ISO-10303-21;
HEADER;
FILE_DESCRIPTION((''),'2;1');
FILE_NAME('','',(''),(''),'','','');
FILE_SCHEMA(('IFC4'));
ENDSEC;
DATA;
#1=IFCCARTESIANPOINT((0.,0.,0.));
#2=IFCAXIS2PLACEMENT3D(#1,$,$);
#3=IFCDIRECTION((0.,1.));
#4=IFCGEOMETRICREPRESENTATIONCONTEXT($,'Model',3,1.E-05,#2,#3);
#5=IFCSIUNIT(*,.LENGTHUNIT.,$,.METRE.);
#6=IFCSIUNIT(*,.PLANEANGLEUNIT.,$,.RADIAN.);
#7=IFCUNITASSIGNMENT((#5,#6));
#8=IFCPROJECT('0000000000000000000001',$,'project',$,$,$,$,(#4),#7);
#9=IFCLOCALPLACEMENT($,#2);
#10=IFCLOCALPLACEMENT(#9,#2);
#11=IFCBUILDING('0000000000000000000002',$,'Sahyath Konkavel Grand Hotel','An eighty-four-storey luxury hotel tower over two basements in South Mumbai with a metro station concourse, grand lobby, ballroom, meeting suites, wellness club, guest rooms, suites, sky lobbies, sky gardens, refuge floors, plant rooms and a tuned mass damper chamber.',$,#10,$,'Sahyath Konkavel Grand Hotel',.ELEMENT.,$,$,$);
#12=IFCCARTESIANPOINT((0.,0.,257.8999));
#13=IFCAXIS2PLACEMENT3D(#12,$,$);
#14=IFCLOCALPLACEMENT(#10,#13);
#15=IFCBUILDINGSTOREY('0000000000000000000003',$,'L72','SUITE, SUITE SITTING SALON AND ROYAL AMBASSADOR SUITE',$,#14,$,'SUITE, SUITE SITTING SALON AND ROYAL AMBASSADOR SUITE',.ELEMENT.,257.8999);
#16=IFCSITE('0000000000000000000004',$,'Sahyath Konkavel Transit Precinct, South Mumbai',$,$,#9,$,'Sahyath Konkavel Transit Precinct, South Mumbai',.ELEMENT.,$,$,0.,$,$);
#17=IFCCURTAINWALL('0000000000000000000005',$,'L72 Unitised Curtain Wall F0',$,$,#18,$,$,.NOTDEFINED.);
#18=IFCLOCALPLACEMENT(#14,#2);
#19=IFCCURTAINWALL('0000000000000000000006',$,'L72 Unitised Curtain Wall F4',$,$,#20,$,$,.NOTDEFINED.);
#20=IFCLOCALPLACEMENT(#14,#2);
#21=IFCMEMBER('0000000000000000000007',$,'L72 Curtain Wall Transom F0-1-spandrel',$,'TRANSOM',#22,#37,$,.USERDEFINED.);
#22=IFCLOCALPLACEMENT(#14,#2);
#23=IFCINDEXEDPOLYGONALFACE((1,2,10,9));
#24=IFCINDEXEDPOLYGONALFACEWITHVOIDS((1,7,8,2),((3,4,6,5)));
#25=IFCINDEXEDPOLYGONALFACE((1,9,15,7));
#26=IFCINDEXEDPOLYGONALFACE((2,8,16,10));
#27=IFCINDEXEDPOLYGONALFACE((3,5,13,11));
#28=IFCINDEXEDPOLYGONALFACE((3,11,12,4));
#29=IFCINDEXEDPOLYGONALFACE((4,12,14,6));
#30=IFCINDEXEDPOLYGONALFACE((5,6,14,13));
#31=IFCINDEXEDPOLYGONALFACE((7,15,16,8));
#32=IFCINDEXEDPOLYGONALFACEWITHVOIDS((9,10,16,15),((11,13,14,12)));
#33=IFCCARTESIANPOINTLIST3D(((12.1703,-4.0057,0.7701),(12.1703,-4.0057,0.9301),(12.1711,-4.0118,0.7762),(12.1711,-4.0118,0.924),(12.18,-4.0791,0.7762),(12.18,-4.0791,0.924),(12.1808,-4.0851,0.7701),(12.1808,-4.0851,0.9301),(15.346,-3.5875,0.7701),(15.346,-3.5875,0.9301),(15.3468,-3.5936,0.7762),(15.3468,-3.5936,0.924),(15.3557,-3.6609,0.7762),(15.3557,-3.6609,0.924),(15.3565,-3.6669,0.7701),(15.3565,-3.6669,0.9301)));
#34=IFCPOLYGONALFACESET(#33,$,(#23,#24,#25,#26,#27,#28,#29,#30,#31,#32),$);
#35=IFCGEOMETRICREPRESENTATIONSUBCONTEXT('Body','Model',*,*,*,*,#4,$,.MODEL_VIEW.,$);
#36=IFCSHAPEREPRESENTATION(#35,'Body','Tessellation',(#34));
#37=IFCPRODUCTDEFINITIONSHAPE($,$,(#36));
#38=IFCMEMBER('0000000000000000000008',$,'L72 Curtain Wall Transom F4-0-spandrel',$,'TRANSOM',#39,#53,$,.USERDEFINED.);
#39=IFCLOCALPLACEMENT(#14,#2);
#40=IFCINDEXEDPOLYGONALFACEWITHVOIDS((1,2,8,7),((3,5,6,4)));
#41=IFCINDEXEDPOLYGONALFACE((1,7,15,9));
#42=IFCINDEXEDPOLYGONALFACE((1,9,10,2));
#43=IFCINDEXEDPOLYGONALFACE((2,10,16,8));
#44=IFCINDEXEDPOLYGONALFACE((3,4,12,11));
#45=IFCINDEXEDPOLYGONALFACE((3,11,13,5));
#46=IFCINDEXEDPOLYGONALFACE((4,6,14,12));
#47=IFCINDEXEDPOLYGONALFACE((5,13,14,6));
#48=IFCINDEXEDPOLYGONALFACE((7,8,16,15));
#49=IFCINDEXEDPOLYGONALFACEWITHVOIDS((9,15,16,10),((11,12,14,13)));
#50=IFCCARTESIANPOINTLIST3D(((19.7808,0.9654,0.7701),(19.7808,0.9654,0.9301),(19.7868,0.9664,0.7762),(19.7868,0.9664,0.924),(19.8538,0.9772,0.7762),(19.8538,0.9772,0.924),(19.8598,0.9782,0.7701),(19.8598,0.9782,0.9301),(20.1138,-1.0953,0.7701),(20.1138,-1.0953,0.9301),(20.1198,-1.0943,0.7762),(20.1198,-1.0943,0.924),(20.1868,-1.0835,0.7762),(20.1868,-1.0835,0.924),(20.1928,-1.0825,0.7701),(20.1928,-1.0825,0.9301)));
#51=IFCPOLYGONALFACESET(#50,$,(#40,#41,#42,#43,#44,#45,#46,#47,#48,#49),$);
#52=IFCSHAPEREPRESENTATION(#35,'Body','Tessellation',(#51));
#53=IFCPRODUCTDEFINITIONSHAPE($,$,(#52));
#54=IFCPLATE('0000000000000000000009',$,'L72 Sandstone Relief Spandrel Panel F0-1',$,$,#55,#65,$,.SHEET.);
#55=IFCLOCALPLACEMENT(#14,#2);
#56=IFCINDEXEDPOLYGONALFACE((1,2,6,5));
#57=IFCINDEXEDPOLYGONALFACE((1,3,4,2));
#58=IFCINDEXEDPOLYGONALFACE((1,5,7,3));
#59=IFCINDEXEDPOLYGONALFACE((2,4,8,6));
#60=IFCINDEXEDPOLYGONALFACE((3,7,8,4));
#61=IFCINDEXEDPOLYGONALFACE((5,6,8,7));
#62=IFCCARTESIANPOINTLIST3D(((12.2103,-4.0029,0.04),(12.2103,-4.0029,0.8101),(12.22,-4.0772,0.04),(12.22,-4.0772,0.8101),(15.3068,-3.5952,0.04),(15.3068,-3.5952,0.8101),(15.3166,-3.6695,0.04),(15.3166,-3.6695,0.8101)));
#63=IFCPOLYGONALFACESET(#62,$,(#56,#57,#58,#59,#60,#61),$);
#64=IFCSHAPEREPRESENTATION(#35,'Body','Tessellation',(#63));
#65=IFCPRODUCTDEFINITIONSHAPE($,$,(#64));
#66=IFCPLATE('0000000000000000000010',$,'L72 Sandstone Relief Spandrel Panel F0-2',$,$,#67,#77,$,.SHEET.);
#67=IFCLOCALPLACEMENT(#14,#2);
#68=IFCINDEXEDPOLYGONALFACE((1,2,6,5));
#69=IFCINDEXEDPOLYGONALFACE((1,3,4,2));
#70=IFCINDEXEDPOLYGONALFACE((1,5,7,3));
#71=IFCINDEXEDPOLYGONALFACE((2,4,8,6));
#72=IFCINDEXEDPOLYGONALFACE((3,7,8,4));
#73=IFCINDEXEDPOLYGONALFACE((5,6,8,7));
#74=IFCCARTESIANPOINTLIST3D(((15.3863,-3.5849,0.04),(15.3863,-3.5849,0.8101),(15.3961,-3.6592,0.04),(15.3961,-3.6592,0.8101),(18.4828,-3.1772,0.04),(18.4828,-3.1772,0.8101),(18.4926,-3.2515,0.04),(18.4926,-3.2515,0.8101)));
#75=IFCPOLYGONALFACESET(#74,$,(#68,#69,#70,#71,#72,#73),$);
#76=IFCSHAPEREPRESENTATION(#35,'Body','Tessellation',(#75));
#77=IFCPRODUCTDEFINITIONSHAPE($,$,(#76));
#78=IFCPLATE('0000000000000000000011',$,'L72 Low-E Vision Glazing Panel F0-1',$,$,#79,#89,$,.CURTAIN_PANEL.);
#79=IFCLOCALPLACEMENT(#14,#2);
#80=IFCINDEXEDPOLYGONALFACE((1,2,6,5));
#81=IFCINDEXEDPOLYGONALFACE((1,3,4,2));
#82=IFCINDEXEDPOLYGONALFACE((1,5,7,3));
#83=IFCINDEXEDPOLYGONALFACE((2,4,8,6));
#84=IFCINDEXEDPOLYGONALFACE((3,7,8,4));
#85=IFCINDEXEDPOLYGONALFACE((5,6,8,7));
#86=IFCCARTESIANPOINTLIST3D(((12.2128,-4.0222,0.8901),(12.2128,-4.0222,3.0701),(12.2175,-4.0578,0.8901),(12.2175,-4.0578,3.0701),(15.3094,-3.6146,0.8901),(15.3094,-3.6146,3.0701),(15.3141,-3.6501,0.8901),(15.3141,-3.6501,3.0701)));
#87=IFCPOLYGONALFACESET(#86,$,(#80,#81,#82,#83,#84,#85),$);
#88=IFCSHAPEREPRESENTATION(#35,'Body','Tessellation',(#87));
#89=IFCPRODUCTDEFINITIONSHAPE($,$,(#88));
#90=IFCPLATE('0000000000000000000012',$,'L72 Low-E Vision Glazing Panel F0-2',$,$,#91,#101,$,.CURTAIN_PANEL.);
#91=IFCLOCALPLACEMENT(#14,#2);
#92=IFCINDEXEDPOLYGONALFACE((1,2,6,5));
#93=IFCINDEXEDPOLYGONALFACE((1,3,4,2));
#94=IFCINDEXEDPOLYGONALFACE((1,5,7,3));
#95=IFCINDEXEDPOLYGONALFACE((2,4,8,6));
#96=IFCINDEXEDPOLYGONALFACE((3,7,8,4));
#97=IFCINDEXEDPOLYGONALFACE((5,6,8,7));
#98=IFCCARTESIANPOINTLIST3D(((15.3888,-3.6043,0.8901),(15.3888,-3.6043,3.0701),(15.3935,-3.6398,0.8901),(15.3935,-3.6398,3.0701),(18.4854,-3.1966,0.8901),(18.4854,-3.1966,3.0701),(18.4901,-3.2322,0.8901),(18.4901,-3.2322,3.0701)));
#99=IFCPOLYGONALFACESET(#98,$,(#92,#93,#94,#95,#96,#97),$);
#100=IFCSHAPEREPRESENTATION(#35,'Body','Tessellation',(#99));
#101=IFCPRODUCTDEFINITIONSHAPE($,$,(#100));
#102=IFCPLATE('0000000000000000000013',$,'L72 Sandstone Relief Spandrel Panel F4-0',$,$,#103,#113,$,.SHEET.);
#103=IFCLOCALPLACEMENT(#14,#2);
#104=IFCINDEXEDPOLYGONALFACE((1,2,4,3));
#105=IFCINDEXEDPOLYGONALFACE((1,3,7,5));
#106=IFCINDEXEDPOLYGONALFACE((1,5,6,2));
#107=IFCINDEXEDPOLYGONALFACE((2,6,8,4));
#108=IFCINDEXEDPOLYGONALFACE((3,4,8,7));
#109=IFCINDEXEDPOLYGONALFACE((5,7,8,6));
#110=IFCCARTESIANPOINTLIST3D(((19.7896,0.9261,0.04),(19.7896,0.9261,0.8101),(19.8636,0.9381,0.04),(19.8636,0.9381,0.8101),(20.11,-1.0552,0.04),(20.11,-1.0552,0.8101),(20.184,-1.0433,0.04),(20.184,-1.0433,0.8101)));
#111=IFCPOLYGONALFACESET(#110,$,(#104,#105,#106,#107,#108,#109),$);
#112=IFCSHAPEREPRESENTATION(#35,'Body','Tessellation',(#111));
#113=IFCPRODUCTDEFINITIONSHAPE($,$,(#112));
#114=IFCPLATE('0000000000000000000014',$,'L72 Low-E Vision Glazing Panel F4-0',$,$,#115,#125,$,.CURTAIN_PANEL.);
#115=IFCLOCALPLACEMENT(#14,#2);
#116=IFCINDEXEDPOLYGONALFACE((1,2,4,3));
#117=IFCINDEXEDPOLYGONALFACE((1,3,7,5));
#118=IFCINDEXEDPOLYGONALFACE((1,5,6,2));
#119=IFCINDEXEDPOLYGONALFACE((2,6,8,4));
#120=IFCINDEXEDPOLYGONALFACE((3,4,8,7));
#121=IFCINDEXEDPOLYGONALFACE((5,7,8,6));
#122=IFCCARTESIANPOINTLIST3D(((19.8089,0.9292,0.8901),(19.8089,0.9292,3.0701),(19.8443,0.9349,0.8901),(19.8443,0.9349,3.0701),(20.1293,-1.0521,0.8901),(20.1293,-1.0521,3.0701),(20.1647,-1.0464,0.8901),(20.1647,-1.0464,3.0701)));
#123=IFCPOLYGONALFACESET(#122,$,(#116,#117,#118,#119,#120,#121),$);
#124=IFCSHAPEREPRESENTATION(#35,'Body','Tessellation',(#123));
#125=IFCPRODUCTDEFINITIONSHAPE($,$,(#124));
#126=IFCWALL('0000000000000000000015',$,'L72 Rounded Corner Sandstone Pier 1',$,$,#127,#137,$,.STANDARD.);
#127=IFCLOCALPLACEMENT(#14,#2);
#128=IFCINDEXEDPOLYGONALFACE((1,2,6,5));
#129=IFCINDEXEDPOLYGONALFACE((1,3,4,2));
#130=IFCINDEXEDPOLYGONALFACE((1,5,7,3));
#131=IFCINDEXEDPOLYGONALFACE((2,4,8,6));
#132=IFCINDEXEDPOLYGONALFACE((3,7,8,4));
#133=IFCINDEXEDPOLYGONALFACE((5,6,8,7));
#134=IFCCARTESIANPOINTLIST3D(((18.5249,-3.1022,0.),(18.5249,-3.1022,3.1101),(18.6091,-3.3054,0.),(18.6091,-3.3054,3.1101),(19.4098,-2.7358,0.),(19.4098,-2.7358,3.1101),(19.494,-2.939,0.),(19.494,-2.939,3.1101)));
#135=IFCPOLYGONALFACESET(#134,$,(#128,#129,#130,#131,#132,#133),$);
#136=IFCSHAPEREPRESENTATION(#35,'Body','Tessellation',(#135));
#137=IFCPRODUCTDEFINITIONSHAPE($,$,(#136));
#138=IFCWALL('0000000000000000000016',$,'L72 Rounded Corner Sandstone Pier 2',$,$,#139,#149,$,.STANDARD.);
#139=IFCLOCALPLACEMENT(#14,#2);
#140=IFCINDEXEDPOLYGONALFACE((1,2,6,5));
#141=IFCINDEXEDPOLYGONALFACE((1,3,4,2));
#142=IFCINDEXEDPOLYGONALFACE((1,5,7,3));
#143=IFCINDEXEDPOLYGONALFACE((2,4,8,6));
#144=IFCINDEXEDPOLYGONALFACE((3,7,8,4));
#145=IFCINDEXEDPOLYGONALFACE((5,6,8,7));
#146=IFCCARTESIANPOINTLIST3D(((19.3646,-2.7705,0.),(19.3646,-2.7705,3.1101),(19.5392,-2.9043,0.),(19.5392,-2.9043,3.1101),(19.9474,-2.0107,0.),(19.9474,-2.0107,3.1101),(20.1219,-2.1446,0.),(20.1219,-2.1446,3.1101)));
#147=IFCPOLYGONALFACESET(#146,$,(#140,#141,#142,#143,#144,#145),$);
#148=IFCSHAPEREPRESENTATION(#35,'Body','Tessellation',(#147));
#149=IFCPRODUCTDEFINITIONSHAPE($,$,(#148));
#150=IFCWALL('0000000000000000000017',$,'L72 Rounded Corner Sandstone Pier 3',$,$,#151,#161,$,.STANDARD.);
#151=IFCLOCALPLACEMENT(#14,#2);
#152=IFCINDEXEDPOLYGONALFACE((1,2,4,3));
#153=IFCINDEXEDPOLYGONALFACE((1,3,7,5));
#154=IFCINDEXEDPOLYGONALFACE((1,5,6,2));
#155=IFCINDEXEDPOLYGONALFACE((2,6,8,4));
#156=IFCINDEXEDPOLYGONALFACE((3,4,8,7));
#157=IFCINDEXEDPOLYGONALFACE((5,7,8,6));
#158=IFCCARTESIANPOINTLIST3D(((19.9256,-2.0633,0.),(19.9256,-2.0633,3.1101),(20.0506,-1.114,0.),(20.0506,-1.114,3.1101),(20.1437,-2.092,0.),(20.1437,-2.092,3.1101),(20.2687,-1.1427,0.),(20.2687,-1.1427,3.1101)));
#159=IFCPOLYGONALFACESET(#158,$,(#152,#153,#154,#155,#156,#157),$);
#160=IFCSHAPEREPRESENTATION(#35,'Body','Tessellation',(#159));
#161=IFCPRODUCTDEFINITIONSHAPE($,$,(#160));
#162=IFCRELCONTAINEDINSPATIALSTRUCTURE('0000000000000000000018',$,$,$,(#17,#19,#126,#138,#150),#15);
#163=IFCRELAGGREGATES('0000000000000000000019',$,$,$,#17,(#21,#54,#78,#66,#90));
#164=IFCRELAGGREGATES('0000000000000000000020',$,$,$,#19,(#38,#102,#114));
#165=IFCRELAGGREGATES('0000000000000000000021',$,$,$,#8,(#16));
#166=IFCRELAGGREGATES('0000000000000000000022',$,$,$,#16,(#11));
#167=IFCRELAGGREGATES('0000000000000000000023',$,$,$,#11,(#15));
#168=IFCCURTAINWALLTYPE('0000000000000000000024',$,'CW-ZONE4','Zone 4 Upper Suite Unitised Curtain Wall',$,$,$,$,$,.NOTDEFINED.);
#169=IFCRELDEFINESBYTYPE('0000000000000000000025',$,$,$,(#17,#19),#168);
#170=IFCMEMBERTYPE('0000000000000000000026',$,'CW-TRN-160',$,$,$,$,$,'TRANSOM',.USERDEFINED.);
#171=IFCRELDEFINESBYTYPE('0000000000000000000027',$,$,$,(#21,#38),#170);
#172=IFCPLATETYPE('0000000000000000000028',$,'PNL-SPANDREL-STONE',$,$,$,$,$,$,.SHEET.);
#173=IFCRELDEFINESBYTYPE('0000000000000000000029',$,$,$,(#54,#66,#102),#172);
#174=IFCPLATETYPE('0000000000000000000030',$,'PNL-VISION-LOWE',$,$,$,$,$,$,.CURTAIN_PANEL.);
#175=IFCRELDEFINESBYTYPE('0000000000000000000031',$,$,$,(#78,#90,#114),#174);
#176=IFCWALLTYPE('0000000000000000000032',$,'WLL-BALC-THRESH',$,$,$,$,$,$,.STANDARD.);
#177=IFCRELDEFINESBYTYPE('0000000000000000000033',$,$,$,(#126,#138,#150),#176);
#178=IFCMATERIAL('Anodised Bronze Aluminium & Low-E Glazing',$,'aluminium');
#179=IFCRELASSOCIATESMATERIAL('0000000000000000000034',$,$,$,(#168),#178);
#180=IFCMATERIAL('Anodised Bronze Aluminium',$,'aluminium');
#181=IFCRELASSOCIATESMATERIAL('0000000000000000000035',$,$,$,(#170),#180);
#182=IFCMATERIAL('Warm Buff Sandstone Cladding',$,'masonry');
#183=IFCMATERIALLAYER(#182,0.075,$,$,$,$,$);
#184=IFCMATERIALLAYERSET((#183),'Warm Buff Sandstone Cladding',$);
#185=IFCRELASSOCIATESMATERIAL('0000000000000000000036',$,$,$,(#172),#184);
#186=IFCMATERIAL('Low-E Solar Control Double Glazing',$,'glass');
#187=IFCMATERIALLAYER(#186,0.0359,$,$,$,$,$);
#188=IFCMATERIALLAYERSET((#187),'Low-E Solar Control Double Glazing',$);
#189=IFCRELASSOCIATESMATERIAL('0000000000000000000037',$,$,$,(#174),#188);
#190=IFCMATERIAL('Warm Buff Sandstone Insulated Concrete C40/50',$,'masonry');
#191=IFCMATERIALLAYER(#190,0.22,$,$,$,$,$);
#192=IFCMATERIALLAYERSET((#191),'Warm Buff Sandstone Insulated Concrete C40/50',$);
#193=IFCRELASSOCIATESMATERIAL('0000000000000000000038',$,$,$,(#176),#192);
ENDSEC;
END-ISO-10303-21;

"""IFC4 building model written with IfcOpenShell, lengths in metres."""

from ifc_helpers import new_model, si_unit, direction, frame, frame_2d, origin, origin_2d, place, context, subcontext, project, spatial, rectangle, hollow_rectangle, extrude, source, transform, mapped, material, layer, layer_set, material_profile, profile_set, type_object, element, aggregate, save


model = new_model("IFC4")

# Units and contexts
model_context = context("Model", 3, precision=1e-05, world=origin(), true_north=direction((0.0, 1.0)))
body_context = subcontext(model_context, "Body", "Model", "MODEL_VIEW")
ifc_project = project(units=[si_unit("LENGTHUNIT", "METRE"), si_unit("PLANEANGLEUNIT", "RADIAN")], contexts=[model_context])

# Site, building, storey
site_placement = place(None, origin())
site = spatial("IfcSite", under=ifc_project, at=site_placement, Name="Sahyath Konkavel Transit Precinct, South Mumbai", LongName="Sahyath Konkavel Transit Precinct, South Mumbai", CompositionType="ELEMENT", RefElevation=0.0)
building_placement = place(site_placement, origin())
building = spatial("IfcBuilding", under=site, at=building_placement, Name="Sahyath Konkavel Grand Hotel", Description="An eighty-four-storey luxury hotel tower over two basements in South Mumbai with a metro station concourse, grand lobby, ballroom, meeting suites, wellness club, guest rooms, suites, sky lobbies, sky gardens, refuge floors, plant rooms and a tuned mass damper chamber.", LongName="Sahyath Konkavel Grand Hotel", CompositionType="ELEMENT")
storey_placement = place(building_placement, frame((0.0, 0.0, 257.8999)))
storey = spatial("IfcBuildingStorey", under=building, at=storey_placement, Name="L72", Description="SUITE, SUITE SITTING SALON AND ROYAL AMBASSADOR SUITE", LongName="SUITE, SUITE SITTING SALON AND ROYAL AMBASSADOR SUITE", CompositionType="ELEMENT", Elevation=257.8999)

# Curtain wall
ifc_material_1 = material(Name="Anodised Bronze Aluminium & Low-E Glazing", Category="aluminium")
curtain_wall_type = type_object("IfcCurtainWallType", Name="CW-ZONE4", Description="Zone 4 Upper Suite Unitised Curtain Wall", PredefinedType="NOTDEFINED", material=ifc_material_1)
curtain_wall_1_placement = place(storey_placement, origin())
curtain_wall_1 = element("IfcCurtainWall", 1, at=curtain_wall_1_placement, inside=storey, type_object=curtain_wall_type, Name="L72 Unitised Curtain Wall F0", PredefinedType="NOTDEFINED")
ifc_material_2 = material(Name="Anodised Bronze Aluminium", Category="aluminium")

# Curtain wall
curtain_wall_2_placement = place(storey_placement, origin())
curtain_wall_2 = element("IfcCurtainWall", 2, at=curtain_wall_2_placement, inside=storey, type_object=curtain_wall_type, Name="L72 Unitised Curtain Wall F4", PredefinedType="NOTDEFINED")

# Members
ifc_material_profile_1 = material_profile(ifc_material_2, hollow_rectangle(XDim=0.0801, YDim=0.1599, WallThickness=0.0061, at=origin_2d()), Name="RHS 160x80x6")
ifc_profile_set_1 = profile_set([ifc_material_profile_1], Name="Anodised Bronze Aluminium")
member_type_1 = type_object("IfcMemberType", Name="CW-TRN-160", ElementType="TRANSOM", PredefinedType="USERDEFINED", material=ifc_profile_set_1)
shared_shape_1 = source(origin(), body_context, "Body", "SweptSolid", [
    extrude(hollow_rectangle(XDim=0.0801, YDim=0.1599, WallThickness=0.0061, at=origin_2d()), origin(), (0.0, 0.0, 1.0), 3.2031),
])
member_1_placement = place(storey_placement, frame((12.1755, -4.0454, 0.8501), z_axis=(0.99144, 0.130561, 0.0), x_axis=(-0.130561, 0.99144, 0.0)))
member_1 = element("IfcMember", 3, at=member_1_placement, type_object=member_type_1, Name="L72 Curtain Wall Transom F0-1-spandrel", ObjectType="TRANSOM", PredefinedType="USERDEFINED", context=body_context, shape_type="MappedRepresentation", body=[
    mapped(shared_shape_1, transform((0.0, 0.0, 0.0), scale=1.0)),
])
shared_shape_2 = source(origin(), body_context, "Body", "SweptSolid", [
    extrude(hollow_rectangle(XDim=0.0801, YDim=0.1599, WallThickness=0.0061, at=origin_2d()), origin(), (0.0, 0.0, 1.0), 2.0874),
])
member_2_placement = place(storey_placement, frame((20.1533, -1.0889, 0.8501), z_axis=(-0.159541, 0.987191, 0.0), x_axis=(-0.987191, -0.159541, 0.0)))
member_2 = element("IfcMember", 4, at=member_2_placement, type_object=member_type_1, Name="L72 Curtain Wall Transom F4-0-spandrel", ObjectType="TRANSOM", PredefinedType="USERDEFINED", context=body_context, shape_type="MappedRepresentation", body=[
    mapped(shared_shape_2, transform((0.0, 0.0, 0.0), scale=1.0)),
])

# Plates
ifc_material_3 = material(Name="Warm Buff Sandstone Cladding", Category="masonry")
ifc_layer_1 = layer(ifc_material_3, 0.075)
ifc_layer_set_1 = layer_set([ifc_layer_1], Name="Warm Buff Sandstone Cladding")
plate_type_1 = type_object("IfcPlateType", Name="PNL-SPANDREL-STONE", PredefinedType="SHEET", material=ifc_layer_set_1)
shared_shape_3 = source(origin(), body_context, "Body", "SweptSolid", [
    extrude(rectangle(XDim=3.1233, YDim=0.075, at=origin_2d()), origin(), (0.0, 0.0, 1.0), 0.77),
])
plate_1_placement = place(storey_placement, frame((13.7634, -3.8362, 0.04), z_axis=(0.0, 0.0, 1.0), x_axis=(0.991445, 0.130526, 0.0)))
plate_1 = element("IfcPlate", 5, at=plate_1_placement, type_object=plate_type_1, Name="L72 Sandstone Relief Spandrel Panel F0-1", PredefinedType="SHEET", context=body_context, shape_type="MappedRepresentation", body=[
    mapped(shared_shape_3, transform((0.0, 0.0, 0.0), scale=1.0)),
])
plate_2_placement = place(storey_placement, frame((16.9395, -3.4182, 0.04), z_axis=(0.0, 0.0, 1.0), x_axis=(0.991445, 0.130526, 0.0)))
plate_2 = element("IfcPlate", 6, at=plate_2_placement, type_object=plate_type_1, Name="L72 Sandstone Relief Spandrel Panel F0-2", PredefinedType="SHEET", context=body_context, shape_type="MappedRepresentation", body=[
    mapped(shared_shape_3, transform((0.0, 0.0, 0.0), scale=1.0)),
])
ifc_material_4 = material(Name="Low-E Solar Control Double Glazing", Category="glass")
ifc_layer_2 = layer(ifc_material_4, 0.0359)
ifc_layer_set_2 = layer_set([ifc_layer_2], Name="Low-E Solar Control Double Glazing")
plate_type_2 = type_object("IfcPlateType", Name="PNL-VISION-LOWE", PredefinedType="CURTAIN_PANEL", material=ifc_layer_set_2)
shared_shape_4 = source(origin(), body_context, "Body", "SweptSolid", [
    extrude(rectangle(XDim=3.1233, YDim=0.0359, at=origin_2d()), origin(), (0.0, 0.0, 1.0), 2.1799),
])
plate_3_placement = place(storey_placement, frame((13.7634, -3.8362, 0.8901), z_axis=(0.0, 0.0, 1.0), x_axis=(0.991445, 0.130526, 0.0)))
plate_3 = element("IfcPlate", 7, at=plate_3_placement, type_object=plate_type_2, Name="L72 Low-E Vision Glazing Panel F0-1", PredefinedType="CURTAIN_PANEL", context=body_context, shape_type="MappedRepresentation", body=[
    mapped(shared_shape_4, transform((0.0, 0.0, 0.0), scale=1.0)),
])
plate_4_placement = place(storey_placement, frame((16.9395, -3.4182, 0.8901), z_axis=(0.0, 0.0, 1.0), x_axis=(0.991445, 0.130526, 0.0)))
plate_4 = element("IfcPlate", 8, at=plate_4_placement, type_object=plate_type_2, Name="L72 Low-E Vision Glazing Panel F0-2", PredefinedType="CURTAIN_PANEL", context=body_context, shape_type="MappedRepresentation", body=[
    mapped(shared_shape_4, transform((0.0, 0.0, 0.0), scale=1.0)),
])
aggregate(curtain_wall_1, [member_1, plate_1, plate_3, plate_2, plate_4])
shared_shape_5 = source(origin(), body_context, "Body", "SweptSolid", [
    extrude(rectangle(XDim=2.0071, YDim=0.075, at=origin_2d()), origin(), (0.0, 0.0, 1.0), 0.77),
])
plate_5_placement = place(storey_placement, frame((19.9868, -0.0586, 0.04), z_axis=(0.0, 0.0, 1.0), x_axis=(-0.159623, 0.987178, 0.0)))
plate_5 = element("IfcPlate", 9, at=plate_5_placement, type_object=plate_type_1, Name="L72 Sandstone Relief Spandrel Panel F4-0", PredefinedType="SHEET", context=body_context, shape_type="MappedRepresentation", body=[
    mapped(shared_shape_5, transform((0.0, 0.0, 0.0), scale=1.0)),
])
shared_shape_6 = source(origin(), body_context, "Body", "SweptSolid", [
    extrude(rectangle(XDim=2.0071, YDim=0.0359, at=origin_2d()), origin(), (0.0, 0.0, 1.0), 2.1799),
])
plate_6_placement = place(storey_placement, frame((19.9868, -0.0586, 0.8901), z_axis=(0.0, 0.0, 1.0), x_axis=(-0.159623, 0.987178, 0.0)))
plate_6 = element("IfcPlate", 10, at=plate_6_placement, type_object=plate_type_2, Name="L72 Low-E Vision Glazing Panel F4-0", PredefinedType="CURTAIN_PANEL", context=body_context, shape_type="MappedRepresentation", body=[
    mapped(shared_shape_6, transform((0.0, 0.0, 0.0), scale=1.0)),
])
aggregate(curtain_wall_2, [member_2, plate_5, plate_6])

# Walls
ifc_material_5 = material(Name="Warm Buff Sandstone Insulated Concrete C40/50", Category="masonry")
ifc_layer_3 = layer(ifc_material_5, 0.22)
ifc_layer_set_3 = layer_set([ifc_layer_3], Name="Warm Buff Sandstone Insulated Concrete C40/50")
wall_type_1 = type_object("IfcWallType", Name="WLL-BALC-THRESH", PredefinedType="STANDARD", material=ifc_layer_set_3)
wall_1_placement = place(storey_placement, frame((18.5669, -3.2039, 0.0), z_axis=(0.0, 0.0, 1.0), x_axis=(0.923927, 0.382569, 0.0)))
element("IfcWall", 11, at=wall_1_placement, inside=storey, type_object=wall_type_1, Name="L72 Rounded Corner Sandstone Pier 1", PredefinedType="STANDARD", context=body_context, shape_type="SweptSolid", body=[
    extrude(rectangle(XDim=0.9578, YDim=0.22, at=frame_2d((0.479, 0.0))), origin(), (0.0, 0.0, 1.0), 3.1101),
])
for number, where, z_axis, x_axis, name in (
    (12, (19.4519, -2.8374, 0.0), (0.0, 0.0, 1.0), (0.608614, 0.793467, 0.0), "L72 Rounded Corner Sandstone Pier 2"),
    (13, (20.0347, -2.0776, 0.0), (0.0, 0.0, 1.0), (0.13056, 0.99144, 0.0), "L72 Rounded Corner Sandstone Pier 3"),
):
    element("IfcWall", number, at=place(storey_placement, frame(where, z_axis=z_axis, x_axis=x_axis)), inside=storey, type_object=wall_type_1, Name=name, PredefinedType="STANDARD", context=body_context, shape_type="SweptSolid", body=[
        extrude(rectangle(XDim=0.9575, YDim=0.22, at=frame_2d((0.4788, 0.0))), origin(), (0.0, 0.0, 1.0), 3.1101),
    ])

save(model, "model.ifc")
